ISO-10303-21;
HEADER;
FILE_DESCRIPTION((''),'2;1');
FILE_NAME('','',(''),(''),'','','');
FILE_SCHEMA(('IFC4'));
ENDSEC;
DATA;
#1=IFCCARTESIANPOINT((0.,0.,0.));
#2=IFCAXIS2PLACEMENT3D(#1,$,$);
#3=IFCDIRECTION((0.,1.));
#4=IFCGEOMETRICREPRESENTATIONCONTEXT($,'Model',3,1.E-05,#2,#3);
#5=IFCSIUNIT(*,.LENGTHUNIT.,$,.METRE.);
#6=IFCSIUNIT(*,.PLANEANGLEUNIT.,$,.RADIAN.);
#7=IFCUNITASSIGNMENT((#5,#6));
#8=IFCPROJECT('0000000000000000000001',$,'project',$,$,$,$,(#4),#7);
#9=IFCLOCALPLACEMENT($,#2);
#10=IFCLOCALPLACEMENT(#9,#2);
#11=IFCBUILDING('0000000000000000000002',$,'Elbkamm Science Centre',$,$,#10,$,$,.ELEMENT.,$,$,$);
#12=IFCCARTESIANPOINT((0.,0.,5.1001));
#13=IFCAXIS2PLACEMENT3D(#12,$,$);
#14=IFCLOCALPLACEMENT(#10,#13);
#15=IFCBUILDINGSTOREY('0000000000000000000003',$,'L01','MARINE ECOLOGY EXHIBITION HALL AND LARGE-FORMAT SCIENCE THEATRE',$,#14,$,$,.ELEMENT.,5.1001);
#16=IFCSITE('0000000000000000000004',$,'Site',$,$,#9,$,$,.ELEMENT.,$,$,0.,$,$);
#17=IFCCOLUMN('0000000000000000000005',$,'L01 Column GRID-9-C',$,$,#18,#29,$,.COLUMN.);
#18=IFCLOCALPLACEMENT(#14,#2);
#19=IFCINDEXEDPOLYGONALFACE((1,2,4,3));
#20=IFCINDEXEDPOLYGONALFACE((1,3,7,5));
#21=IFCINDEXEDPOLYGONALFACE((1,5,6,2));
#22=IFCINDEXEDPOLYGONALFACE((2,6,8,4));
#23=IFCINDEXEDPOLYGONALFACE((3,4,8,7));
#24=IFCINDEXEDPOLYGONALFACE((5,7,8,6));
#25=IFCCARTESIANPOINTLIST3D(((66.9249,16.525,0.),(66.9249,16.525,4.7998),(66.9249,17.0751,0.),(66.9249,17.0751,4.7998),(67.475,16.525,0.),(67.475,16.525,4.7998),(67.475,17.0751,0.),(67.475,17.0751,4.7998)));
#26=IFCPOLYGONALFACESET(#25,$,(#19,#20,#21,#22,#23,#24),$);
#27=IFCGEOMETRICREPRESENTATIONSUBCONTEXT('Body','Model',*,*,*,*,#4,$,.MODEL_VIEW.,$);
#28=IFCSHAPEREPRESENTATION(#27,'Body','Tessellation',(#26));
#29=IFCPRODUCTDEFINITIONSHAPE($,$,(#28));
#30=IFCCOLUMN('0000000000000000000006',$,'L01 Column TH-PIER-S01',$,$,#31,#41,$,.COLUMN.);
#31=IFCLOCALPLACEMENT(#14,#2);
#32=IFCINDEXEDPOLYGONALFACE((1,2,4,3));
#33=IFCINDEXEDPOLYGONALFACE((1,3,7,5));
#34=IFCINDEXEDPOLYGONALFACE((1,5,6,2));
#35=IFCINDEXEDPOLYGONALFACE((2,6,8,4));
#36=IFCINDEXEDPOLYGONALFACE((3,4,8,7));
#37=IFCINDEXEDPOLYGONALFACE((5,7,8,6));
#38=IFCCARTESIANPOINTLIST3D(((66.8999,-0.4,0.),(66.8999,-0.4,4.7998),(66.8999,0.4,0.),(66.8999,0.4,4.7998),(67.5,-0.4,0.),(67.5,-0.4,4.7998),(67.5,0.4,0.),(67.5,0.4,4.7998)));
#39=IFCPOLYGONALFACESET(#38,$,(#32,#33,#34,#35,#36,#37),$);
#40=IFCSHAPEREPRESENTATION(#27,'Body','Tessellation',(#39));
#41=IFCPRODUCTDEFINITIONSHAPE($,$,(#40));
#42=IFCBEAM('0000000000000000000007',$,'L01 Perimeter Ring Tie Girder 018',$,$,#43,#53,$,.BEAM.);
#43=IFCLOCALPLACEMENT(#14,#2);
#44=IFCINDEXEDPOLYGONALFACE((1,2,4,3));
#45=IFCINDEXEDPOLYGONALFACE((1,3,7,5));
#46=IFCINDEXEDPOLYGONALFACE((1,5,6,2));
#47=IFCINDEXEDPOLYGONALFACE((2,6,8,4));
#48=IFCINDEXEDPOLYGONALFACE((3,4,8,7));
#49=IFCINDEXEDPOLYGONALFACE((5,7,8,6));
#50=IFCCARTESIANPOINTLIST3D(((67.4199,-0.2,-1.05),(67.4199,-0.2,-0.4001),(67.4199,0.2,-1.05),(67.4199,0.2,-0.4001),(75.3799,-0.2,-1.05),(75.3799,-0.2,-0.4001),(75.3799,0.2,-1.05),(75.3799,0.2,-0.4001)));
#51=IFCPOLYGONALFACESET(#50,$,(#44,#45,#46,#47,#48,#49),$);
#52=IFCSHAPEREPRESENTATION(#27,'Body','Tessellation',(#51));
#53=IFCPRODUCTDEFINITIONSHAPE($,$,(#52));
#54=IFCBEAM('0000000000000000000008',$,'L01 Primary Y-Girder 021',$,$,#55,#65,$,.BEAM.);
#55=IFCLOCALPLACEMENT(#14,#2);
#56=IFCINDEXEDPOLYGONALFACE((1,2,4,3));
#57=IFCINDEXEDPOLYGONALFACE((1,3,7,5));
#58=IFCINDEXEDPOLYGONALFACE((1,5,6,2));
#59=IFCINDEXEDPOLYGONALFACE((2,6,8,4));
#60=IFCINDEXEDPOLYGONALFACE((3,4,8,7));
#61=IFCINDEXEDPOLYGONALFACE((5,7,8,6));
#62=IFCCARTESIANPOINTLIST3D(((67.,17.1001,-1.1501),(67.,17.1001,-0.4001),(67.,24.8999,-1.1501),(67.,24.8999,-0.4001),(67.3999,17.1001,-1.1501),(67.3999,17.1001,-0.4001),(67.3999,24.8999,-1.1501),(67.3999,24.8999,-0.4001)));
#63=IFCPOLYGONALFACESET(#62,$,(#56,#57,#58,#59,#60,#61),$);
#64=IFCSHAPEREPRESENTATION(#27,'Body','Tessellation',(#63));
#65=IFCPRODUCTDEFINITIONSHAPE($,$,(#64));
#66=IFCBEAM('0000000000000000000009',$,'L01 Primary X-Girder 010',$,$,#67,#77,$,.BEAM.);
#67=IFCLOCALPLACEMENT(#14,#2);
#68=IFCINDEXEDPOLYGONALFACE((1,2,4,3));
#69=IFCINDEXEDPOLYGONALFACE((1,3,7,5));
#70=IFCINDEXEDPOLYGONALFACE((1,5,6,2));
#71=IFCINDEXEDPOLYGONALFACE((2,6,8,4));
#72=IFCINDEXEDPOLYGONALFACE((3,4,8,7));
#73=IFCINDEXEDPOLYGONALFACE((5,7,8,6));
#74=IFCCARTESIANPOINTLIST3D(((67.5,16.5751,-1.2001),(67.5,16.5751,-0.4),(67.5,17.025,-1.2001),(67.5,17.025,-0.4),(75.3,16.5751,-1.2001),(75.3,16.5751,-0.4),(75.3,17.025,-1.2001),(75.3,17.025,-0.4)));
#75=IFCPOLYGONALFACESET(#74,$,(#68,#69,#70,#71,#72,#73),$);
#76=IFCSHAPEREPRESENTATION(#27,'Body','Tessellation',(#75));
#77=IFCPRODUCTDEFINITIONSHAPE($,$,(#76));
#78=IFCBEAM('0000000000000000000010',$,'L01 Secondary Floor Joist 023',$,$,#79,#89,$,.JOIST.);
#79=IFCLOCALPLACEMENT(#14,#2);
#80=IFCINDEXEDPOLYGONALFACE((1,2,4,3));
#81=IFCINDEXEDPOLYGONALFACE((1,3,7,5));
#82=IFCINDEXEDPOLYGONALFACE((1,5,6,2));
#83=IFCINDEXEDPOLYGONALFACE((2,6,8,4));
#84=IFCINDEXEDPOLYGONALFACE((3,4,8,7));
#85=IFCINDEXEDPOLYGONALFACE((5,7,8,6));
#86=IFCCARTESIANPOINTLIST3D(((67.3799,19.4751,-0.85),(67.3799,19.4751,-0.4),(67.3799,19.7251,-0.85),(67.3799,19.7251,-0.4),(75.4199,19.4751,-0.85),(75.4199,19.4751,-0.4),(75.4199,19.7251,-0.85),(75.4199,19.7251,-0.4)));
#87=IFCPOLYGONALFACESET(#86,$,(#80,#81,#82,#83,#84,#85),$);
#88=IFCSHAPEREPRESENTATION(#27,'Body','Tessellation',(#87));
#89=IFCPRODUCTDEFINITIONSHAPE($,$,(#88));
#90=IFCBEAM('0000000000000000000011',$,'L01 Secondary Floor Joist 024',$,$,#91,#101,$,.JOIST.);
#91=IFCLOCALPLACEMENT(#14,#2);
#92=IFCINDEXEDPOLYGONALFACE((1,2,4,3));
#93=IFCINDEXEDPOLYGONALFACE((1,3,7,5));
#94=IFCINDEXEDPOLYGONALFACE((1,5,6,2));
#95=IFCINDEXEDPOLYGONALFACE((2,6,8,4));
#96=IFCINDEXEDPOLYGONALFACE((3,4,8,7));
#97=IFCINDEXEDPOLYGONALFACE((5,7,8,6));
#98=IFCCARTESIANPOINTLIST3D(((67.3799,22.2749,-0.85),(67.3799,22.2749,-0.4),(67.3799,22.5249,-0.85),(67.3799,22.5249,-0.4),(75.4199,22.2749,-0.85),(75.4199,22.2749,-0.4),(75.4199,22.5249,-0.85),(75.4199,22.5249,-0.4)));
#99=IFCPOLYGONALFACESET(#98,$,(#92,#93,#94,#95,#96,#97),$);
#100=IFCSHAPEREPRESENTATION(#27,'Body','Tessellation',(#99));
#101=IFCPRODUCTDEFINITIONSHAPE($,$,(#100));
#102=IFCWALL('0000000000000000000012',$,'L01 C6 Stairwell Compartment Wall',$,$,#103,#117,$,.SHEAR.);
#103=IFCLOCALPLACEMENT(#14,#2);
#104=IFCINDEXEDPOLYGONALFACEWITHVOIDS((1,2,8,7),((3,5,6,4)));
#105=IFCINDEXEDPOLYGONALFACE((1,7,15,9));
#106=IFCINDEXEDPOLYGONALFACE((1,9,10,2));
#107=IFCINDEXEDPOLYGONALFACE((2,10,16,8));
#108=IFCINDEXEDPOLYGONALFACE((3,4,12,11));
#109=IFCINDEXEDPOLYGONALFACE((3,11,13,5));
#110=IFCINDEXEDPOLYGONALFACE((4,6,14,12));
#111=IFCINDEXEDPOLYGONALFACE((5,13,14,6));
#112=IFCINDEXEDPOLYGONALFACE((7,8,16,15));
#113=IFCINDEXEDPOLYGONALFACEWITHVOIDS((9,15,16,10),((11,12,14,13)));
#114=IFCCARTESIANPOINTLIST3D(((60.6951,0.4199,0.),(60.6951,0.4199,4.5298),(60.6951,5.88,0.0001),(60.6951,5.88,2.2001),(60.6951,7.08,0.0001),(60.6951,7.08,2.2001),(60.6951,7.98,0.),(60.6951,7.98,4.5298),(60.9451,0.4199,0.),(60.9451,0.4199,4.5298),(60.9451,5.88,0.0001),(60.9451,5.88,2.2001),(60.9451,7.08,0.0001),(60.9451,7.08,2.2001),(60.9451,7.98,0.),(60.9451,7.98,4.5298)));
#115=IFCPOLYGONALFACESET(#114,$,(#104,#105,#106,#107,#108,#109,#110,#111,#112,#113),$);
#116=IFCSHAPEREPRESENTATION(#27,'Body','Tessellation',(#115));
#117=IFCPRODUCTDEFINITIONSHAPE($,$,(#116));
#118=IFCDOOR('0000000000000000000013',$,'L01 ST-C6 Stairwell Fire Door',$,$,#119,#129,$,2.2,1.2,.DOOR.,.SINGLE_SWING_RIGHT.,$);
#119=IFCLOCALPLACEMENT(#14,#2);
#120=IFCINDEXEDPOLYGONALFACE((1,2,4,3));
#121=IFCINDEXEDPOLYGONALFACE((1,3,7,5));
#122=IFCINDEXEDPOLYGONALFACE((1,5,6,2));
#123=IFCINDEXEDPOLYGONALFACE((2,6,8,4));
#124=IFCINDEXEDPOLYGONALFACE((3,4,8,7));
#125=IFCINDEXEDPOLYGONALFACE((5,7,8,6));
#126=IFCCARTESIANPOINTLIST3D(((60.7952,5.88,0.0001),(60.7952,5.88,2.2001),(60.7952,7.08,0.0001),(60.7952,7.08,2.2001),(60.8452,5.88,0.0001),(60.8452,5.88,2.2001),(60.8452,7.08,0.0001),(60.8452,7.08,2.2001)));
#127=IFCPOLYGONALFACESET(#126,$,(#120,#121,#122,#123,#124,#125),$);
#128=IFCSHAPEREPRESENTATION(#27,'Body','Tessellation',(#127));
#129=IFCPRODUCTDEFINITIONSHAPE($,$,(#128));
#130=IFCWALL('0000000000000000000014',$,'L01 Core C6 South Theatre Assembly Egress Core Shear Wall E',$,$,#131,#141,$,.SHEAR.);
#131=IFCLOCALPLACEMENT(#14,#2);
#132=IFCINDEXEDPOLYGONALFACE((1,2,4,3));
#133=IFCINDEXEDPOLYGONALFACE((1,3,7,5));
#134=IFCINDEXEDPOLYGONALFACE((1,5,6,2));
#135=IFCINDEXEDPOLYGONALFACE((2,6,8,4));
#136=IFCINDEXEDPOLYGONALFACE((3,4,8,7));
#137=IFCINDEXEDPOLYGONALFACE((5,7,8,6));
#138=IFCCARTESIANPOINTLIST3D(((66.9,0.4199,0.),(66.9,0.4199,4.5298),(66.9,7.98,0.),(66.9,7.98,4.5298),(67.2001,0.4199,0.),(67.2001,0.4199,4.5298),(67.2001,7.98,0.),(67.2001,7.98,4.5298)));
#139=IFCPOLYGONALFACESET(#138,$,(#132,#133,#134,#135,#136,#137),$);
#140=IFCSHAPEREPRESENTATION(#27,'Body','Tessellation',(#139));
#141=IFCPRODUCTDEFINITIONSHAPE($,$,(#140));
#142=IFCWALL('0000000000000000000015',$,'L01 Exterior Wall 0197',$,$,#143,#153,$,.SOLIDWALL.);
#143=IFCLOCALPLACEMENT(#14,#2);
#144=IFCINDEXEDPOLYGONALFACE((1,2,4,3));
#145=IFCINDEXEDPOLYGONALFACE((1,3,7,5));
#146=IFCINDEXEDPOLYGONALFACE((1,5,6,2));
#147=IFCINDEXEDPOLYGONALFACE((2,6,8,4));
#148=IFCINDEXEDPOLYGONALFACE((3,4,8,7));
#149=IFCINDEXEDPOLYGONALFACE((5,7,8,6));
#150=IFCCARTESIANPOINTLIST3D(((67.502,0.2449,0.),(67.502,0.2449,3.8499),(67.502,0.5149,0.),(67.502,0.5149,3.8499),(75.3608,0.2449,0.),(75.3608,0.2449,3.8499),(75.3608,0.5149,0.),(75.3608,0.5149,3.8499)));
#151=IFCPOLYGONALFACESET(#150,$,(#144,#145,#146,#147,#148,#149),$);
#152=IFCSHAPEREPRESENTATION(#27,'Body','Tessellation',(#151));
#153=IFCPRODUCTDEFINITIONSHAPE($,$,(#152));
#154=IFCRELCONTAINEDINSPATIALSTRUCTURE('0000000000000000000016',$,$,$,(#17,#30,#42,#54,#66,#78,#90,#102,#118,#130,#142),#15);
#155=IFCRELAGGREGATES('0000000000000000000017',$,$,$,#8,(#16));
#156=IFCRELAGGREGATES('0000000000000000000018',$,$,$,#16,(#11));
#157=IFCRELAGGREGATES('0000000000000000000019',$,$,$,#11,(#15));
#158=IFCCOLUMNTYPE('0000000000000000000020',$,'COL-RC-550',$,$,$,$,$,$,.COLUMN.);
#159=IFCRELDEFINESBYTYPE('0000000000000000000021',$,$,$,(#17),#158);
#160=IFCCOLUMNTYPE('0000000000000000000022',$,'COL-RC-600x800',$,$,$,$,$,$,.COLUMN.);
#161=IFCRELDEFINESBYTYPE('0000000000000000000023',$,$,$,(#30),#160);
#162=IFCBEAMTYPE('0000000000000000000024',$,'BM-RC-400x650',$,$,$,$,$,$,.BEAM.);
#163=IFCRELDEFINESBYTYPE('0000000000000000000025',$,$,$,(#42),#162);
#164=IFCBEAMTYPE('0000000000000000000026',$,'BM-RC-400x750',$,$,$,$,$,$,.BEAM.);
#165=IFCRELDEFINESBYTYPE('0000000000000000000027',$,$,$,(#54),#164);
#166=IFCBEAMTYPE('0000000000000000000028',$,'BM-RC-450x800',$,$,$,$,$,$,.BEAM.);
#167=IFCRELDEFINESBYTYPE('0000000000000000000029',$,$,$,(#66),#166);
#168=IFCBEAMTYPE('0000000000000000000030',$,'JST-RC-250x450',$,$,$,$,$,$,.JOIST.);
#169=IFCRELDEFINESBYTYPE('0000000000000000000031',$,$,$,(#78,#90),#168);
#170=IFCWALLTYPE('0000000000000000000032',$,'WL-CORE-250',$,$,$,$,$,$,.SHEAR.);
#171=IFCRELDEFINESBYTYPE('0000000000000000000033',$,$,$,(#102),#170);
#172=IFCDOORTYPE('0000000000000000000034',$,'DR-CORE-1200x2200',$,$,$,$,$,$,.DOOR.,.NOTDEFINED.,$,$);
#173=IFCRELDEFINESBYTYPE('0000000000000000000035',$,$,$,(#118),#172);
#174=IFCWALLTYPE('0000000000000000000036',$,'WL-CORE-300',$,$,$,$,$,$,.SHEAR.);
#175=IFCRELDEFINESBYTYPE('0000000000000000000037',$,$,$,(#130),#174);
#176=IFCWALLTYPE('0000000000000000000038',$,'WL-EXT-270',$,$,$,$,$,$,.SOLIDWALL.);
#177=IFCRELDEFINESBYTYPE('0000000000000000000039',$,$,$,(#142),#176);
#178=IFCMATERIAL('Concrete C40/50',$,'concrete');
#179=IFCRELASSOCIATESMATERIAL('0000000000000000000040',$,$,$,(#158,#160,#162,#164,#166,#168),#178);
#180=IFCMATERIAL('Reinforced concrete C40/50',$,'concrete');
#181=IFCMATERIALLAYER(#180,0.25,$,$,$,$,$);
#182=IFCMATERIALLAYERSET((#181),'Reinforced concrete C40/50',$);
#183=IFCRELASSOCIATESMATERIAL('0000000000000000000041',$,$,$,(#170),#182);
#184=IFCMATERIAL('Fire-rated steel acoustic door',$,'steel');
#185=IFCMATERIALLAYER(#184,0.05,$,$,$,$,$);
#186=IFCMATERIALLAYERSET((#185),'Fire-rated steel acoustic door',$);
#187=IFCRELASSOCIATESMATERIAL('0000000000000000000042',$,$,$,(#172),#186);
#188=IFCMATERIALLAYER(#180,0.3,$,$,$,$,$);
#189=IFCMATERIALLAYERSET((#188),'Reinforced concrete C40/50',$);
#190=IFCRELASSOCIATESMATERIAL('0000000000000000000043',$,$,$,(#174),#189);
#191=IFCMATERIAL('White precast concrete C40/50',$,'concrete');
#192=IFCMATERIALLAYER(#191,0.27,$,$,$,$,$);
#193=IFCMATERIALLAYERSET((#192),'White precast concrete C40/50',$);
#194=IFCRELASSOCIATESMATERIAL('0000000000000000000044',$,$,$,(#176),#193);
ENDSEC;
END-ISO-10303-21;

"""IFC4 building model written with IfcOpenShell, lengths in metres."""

from ifc_helpers import new_model, si_unit, direction, frame, frame_2d, origin, origin_2d, place, context, subcontext, project, spatial, rectangle, extrude, material, layer, layer_set, material_profile, profile_set, type_object, element, fill, save


model = new_model("IFC4")

# Units and contexts
model_context = context("Model", 3, precision=1e-05, world=origin(), true_north=direction((0.0, 1.0)))
body_context = subcontext(model_context, "Body", "Model", "MODEL_VIEW")
ifc_project = project(units=[si_unit("LENGTHUNIT", "METRE"), si_unit("PLANEANGLEUNIT", "RADIAN")], contexts=[model_context])

# Site, building, storey
site_placement = place(None, origin())
site = spatial("IfcSite", under=ifc_project, at=site_placement, Name="Site", CompositionType="ELEMENT", RefElevation=0.0)
building_placement = place(site_placement, origin())
building = spatial("IfcBuilding", under=site, at=building_placement, Name="Elbkamm Science Centre", CompositionType="ELEMENT")
storey_placement = place(building_placement, frame((0.0, 0.0, 5.1001)))
storey = spatial("IfcBuildingStorey", under=building, at=storey_placement, Name="L01", Description="MARINE ECOLOGY EXHIBITION HALL AND LARGE-FORMAT SCIENCE THEATRE", CompositionType="ELEMENT", Elevation=5.1001)

# Columns
ifc_material_1 = material(Name="Concrete C40/50", Category="concrete")
ifc_material_profile_1 = material_profile(ifc_material_1, rectangle(XDim=0.55, YDim=0.55, at=origin_2d()), Name="RC 550x550")
ifc_profile_set_1 = profile_set([ifc_material_profile_1], Name="Concrete C40/50")
column_type_1 = type_object("IfcColumnType", Name="COL-RC-550", PredefinedType="COLUMN", material=ifc_profile_set_1)
column_1_placement = place(storey_placement, frame((67.2, 16.8, 0.0), z_axis=(0.0, 0.0, 1.0), x_axis=(1.0, 0.0, 0.0)))
element("IfcColumn", 1, at=column_1_placement, inside=storey, type_object=column_type_1, Name="L01 Column GRID-9-C", PredefinedType="COLUMN", context=body_context, shape_type="SweptSolid", body=[
    extrude(rectangle(XDim=0.55, YDim=0.55, at=origin_2d()), origin(), (0.0, 0.0, 1.0), 4.7998),
])
ifc_material_profile_2 = material_profile(ifc_material_1, rectangle(XDim=0.6001, YDim=0.8, at=origin_2d()), Name="RC 600x800")
ifc_profile_set_2 = profile_set([ifc_material_profile_2], Name="Concrete C40/50")
column_type_2 = type_object("IfcColumnType", Name="COL-RC-600x800", PredefinedType="COLUMN", material=ifc_profile_set_2)
column_2_placement = place(storey_placement, frame((67.2, 0.0, 0.0), z_axis=(0.0, 0.0, 1.0), x_axis=(1.0, 0.0, 0.0)))
element("IfcColumn", 2, at=column_2_placement, inside=storey, type_object=column_type_2, Name="L01 Column TH-PIER-S01", PredefinedType="COLUMN", context=body_context, shape_type="SweptSolid", body=[
    extrude(rectangle(XDim=0.6001, YDim=0.8, at=origin_2d()), origin(), (0.0, 0.0, 1.0), 4.7998),
])

# Beams
ifc_material_profile_3 = material_profile(ifc_material_1, rectangle(XDim=0.3999, YDim=0.6499, at=origin_2d()), Name="RC 400x650")
ifc_profile_set_3 = profile_set([ifc_material_profile_3], Name="Concrete C40/50")
beam_type_1 = type_object("IfcBeamType", Name="BM-RC-400x650", PredefinedType="BEAM", material=ifc_profile_set_3)
beam_1_placement = place(storey_placement, frame((67.4199, 0.0, -0.7251), z_axis=(1.0, 0.0, 0.0), x_axis=(0.0, 1.0, 0.0)))
element("IfcBeam", 3, at=beam_1_placement, inside=storey, type_object=beam_type_1, Name="L01 Perimeter Ring Tie Girder 018", PredefinedType="BEAM", context=body_context, shape_type="SweptSolid", body=[
    extrude(rectangle(XDim=0.3999, YDim=0.6499, at=origin_2d()), origin(), (0.0, 0.0, 1.0), 7.96),
])
ifc_material_profile_4 = material_profile(ifc_material_1, rectangle(XDim=0.3999, YDim=0.75, at=origin_2d()), Name="RC 400x750")
ifc_profile_set_4 = profile_set([ifc_material_profile_4], Name="Concrete C40/50")
beam_type_2 = type_object("IfcBeamType", Name="BM-RC-400x750", PredefinedType="BEAM", material=ifc_profile_set_4)
beam_2_placement = place(storey_placement, frame((67.2, 17.1001, -0.7751), z_axis=(0.0, 1.0, 0.0), x_axis=(-1.0, 0.0, 0.0)))
element("IfcBeam", 4, at=beam_2_placement, inside=storey, type_object=beam_type_2, Name="L01 Primary Y-Girder 021", PredefinedType="BEAM", context=body_context, shape_type="SweptSolid", body=[
    extrude(rectangle(XDim=0.3999, YDim=0.75, at=origin_2d()), origin(), (0.0, 0.0, 1.0), 7.7998),
])
ifc_material_profile_5 = material_profile(ifc_material_1, rectangle(XDim=0.45, YDim=0.8, at=origin_2d()), Name="RC 450x800")
ifc_profile_set_5 = profile_set([ifc_material_profile_5], Name="Concrete C40/50")
beam_type_3 = type_object("IfcBeamType", Name="BM-RC-450x800", PredefinedType="BEAM", material=ifc_profile_set_5)
beam_3_placement = place(storey_placement, frame((67.5, 16.8, -0.8), z_axis=(1.0, 0.0, 0.0), x_axis=(0.0, 1.0, 0.0)))
element("IfcBeam", 5, at=beam_3_placement, inside=storey, type_object=beam_type_3, Name="L01 Primary X-Girder 010", PredefinedType="BEAM", context=body_context, shape_type="SweptSolid", body=[
    extrude(rectangle(XDim=0.45, YDim=0.8, at=origin_2d()), origin(), (0.0, 0.0, 1.0), 7.8),
])
ifc_material_profile_6 = material_profile(ifc_material_1, rectangle(XDim=0.25, YDim=0.45, at=origin_2d()), Name="RC 250x450")
ifc_profile_set_6 = profile_set([ifc_material_profile_6], Name="Concrete C40/50")
beam_type_4 = type_object("IfcBeamType", Name="JST-RC-250x450", PredefinedType="JOIST", material=ifc_profile_set_6)
for number, where, z_axis, x_axis, name in (
    (6, (67.3799, 19.6001, -0.625), (1.0, 0.0, 0.0), (0.0, 1.0, 0.0), "L01 Secondary Floor Joist 023"),
    (7, (67.3799, 22.3999, -0.625), (1.0, 0.0, 0.0), (0.0, 1.0, 0.0), "L01 Secondary Floor Joist 024"),
):
    element("IfcBeam", number, at=place(storey_placement, frame(where, z_axis=z_axis, x_axis=x_axis)), inside=storey, type_object=beam_type_4, Name=name, PredefinedType="JOIST", context=body_context, shape_type="SweptSolid", body=[
        extrude(rectangle(XDim=0.25, YDim=0.45, at=origin_2d()), origin(), (0.0, 0.0, 1.0), 8.04),
    ])

# Wall, opening, door
ifc_material_2 = material(Name="Reinforced concrete C40/50", Category="concrete")
ifc_layer_1 = layer(ifc_material_2, 0.25)
ifc_layer_set_1 = layer_set([ifc_layer_1], Name="Reinforced concrete C40/50")
wall_type_1 = type_object("IfcWallType", Name="WL-CORE-250", PredefinedType="SHEAR", material=ifc_layer_set_1)
wall_1_placement = place(storey_placement, frame((60.8201, 0.4199, 0.0), z_axis=(0.0, 0.0, 1.0), x_axis=(0.0, 1.0, 0.0)))
wall_1 = element("IfcWall", 8, at=wall_1_placement, inside=storey, type_object=wall_type_1, Name="L01 C6 Stairwell Compartment Wall", PredefinedType="SHEAR", context=body_context, shape_type="SweptSolid", body=[
    extrude(rectangle(XDim=7.5601, YDim=0.25, at=frame_2d((3.78, 0.0))), origin(), (0.0, 0.0, 1.0), 4.5298),
])
opening_1_placement = place(wall_1_placement, frame((5.46, 0.0, 0.0)))
opening_1 = element("IfcOpeningElement", 9, at=opening_1_placement, cuts=wall_1, PredefinedType="OPENING", context=body_context, shape_type="SweptSolid", body=[
    extrude(rectangle(XDim=1.2, YDim=2.2, at=frame_2d((0.6001, 1.1001))), frame((0.0, 0.137, 0.0), z_axis=(0.0, -1.0, 0.0), x_axis=(1.0, 0.0, 0.0)), (0.0, 0.0, 1.0), 0.2739),
])
ifc_material_3 = material(Name="Fire-rated steel acoustic door", Category="steel")
ifc_layer_2 = layer(ifc_material_3, 0.05)
ifc_layer_set_2 = layer_set([ifc_layer_2], Name="Fire-rated steel acoustic door")
door_type_1 = type_object("IfcDoorType", Name="DR-CORE-1200x2200", OperationType="NOTDEFINED", PredefinedType="DOOR", material=ifc_layer_set_2)
door_1_placement = place(opening_1_placement, origin())
door_1 = element("IfcDoor", 10, at=door_1_placement, inside=storey, type_object=door_type_1, Name="L01 ST-C6 Stairwell Fire Door", OperationType="SINGLE_SWING_RIGHT", OverallHeight=2.2, OverallWidth=1.2, PredefinedType="DOOR", context=body_context, shape_type="SweptSolid", body=[
    extrude(rectangle(XDim=1.2, YDim=2.2, at=frame_2d((0.6001, 1.1001))), frame((0.0, 0.0249, 0.0), z_axis=(0.0, -1.0, 0.0), x_axis=(1.0, 0.0, 0.0)), (0.0, 0.0, 1.0), 0.05),
])
fill(opening_1, door_1)

# Walls
ifc_layer_3 = layer(ifc_material_2, 0.3)
ifc_layer_set_3 = layer_set([ifc_layer_3], Name="Reinforced concrete C40/50")
wall_type_2 = type_object("IfcWallType", Name="WL-CORE-300", PredefinedType="SHEAR", material=ifc_layer_set_3)
wall_2_placement = place(storey_placement, frame((67.05, 0.4199, 0.0), z_axis=(0.0, 0.0, 1.0), x_axis=(0.0, 1.0, 0.0)))
element("IfcWall", 11, at=wall_2_placement, inside=storey, type_object=wall_type_2, Name="L01 Core C6 South Theatre Assembly Egress Core Shear Wall E", PredefinedType="SHEAR", context=body_context, shape_type="SweptSolid", body=[
    extrude(rectangle(XDim=7.5601, YDim=0.3, at=frame_2d((3.78, 0.0))), origin(), (0.0, 0.0, 1.0), 4.5298),
])
ifc_material_4 = material(Name="White precast concrete C40/50", Category="concrete")
ifc_layer_4 = layer(ifc_material_4, 0.27)
ifc_layer_set_4 = layer_set([ifc_layer_4], Name="White precast concrete C40/50")
wall_type_3 = type_object("IfcWallType", Name="WL-EXT-270", PredefinedType="SOLIDWALL", material=ifc_layer_set_4)
wall_3_placement = place(storey_placement, frame((75.3608, 0.3799, 0.0), z_axis=(0.0, 0.0, 1.0), x_axis=(-1.0, 0.0, 0.0)))
element("IfcWall", 12, at=wall_3_placement, inside=storey, type_object=wall_type_3, Name="L01 Exterior Wall 0197", PredefinedType="SOLIDWALL", context=body_context, shape_type="SweptSolid", body=[
    extrude(rectangle(XDim=7.8589, YDim=0.27, at=frame_2d((3.9294, 0.0))), origin(), (0.0, 0.0, 1.0), 3.8499),
])

save(model, "model.ifc")
